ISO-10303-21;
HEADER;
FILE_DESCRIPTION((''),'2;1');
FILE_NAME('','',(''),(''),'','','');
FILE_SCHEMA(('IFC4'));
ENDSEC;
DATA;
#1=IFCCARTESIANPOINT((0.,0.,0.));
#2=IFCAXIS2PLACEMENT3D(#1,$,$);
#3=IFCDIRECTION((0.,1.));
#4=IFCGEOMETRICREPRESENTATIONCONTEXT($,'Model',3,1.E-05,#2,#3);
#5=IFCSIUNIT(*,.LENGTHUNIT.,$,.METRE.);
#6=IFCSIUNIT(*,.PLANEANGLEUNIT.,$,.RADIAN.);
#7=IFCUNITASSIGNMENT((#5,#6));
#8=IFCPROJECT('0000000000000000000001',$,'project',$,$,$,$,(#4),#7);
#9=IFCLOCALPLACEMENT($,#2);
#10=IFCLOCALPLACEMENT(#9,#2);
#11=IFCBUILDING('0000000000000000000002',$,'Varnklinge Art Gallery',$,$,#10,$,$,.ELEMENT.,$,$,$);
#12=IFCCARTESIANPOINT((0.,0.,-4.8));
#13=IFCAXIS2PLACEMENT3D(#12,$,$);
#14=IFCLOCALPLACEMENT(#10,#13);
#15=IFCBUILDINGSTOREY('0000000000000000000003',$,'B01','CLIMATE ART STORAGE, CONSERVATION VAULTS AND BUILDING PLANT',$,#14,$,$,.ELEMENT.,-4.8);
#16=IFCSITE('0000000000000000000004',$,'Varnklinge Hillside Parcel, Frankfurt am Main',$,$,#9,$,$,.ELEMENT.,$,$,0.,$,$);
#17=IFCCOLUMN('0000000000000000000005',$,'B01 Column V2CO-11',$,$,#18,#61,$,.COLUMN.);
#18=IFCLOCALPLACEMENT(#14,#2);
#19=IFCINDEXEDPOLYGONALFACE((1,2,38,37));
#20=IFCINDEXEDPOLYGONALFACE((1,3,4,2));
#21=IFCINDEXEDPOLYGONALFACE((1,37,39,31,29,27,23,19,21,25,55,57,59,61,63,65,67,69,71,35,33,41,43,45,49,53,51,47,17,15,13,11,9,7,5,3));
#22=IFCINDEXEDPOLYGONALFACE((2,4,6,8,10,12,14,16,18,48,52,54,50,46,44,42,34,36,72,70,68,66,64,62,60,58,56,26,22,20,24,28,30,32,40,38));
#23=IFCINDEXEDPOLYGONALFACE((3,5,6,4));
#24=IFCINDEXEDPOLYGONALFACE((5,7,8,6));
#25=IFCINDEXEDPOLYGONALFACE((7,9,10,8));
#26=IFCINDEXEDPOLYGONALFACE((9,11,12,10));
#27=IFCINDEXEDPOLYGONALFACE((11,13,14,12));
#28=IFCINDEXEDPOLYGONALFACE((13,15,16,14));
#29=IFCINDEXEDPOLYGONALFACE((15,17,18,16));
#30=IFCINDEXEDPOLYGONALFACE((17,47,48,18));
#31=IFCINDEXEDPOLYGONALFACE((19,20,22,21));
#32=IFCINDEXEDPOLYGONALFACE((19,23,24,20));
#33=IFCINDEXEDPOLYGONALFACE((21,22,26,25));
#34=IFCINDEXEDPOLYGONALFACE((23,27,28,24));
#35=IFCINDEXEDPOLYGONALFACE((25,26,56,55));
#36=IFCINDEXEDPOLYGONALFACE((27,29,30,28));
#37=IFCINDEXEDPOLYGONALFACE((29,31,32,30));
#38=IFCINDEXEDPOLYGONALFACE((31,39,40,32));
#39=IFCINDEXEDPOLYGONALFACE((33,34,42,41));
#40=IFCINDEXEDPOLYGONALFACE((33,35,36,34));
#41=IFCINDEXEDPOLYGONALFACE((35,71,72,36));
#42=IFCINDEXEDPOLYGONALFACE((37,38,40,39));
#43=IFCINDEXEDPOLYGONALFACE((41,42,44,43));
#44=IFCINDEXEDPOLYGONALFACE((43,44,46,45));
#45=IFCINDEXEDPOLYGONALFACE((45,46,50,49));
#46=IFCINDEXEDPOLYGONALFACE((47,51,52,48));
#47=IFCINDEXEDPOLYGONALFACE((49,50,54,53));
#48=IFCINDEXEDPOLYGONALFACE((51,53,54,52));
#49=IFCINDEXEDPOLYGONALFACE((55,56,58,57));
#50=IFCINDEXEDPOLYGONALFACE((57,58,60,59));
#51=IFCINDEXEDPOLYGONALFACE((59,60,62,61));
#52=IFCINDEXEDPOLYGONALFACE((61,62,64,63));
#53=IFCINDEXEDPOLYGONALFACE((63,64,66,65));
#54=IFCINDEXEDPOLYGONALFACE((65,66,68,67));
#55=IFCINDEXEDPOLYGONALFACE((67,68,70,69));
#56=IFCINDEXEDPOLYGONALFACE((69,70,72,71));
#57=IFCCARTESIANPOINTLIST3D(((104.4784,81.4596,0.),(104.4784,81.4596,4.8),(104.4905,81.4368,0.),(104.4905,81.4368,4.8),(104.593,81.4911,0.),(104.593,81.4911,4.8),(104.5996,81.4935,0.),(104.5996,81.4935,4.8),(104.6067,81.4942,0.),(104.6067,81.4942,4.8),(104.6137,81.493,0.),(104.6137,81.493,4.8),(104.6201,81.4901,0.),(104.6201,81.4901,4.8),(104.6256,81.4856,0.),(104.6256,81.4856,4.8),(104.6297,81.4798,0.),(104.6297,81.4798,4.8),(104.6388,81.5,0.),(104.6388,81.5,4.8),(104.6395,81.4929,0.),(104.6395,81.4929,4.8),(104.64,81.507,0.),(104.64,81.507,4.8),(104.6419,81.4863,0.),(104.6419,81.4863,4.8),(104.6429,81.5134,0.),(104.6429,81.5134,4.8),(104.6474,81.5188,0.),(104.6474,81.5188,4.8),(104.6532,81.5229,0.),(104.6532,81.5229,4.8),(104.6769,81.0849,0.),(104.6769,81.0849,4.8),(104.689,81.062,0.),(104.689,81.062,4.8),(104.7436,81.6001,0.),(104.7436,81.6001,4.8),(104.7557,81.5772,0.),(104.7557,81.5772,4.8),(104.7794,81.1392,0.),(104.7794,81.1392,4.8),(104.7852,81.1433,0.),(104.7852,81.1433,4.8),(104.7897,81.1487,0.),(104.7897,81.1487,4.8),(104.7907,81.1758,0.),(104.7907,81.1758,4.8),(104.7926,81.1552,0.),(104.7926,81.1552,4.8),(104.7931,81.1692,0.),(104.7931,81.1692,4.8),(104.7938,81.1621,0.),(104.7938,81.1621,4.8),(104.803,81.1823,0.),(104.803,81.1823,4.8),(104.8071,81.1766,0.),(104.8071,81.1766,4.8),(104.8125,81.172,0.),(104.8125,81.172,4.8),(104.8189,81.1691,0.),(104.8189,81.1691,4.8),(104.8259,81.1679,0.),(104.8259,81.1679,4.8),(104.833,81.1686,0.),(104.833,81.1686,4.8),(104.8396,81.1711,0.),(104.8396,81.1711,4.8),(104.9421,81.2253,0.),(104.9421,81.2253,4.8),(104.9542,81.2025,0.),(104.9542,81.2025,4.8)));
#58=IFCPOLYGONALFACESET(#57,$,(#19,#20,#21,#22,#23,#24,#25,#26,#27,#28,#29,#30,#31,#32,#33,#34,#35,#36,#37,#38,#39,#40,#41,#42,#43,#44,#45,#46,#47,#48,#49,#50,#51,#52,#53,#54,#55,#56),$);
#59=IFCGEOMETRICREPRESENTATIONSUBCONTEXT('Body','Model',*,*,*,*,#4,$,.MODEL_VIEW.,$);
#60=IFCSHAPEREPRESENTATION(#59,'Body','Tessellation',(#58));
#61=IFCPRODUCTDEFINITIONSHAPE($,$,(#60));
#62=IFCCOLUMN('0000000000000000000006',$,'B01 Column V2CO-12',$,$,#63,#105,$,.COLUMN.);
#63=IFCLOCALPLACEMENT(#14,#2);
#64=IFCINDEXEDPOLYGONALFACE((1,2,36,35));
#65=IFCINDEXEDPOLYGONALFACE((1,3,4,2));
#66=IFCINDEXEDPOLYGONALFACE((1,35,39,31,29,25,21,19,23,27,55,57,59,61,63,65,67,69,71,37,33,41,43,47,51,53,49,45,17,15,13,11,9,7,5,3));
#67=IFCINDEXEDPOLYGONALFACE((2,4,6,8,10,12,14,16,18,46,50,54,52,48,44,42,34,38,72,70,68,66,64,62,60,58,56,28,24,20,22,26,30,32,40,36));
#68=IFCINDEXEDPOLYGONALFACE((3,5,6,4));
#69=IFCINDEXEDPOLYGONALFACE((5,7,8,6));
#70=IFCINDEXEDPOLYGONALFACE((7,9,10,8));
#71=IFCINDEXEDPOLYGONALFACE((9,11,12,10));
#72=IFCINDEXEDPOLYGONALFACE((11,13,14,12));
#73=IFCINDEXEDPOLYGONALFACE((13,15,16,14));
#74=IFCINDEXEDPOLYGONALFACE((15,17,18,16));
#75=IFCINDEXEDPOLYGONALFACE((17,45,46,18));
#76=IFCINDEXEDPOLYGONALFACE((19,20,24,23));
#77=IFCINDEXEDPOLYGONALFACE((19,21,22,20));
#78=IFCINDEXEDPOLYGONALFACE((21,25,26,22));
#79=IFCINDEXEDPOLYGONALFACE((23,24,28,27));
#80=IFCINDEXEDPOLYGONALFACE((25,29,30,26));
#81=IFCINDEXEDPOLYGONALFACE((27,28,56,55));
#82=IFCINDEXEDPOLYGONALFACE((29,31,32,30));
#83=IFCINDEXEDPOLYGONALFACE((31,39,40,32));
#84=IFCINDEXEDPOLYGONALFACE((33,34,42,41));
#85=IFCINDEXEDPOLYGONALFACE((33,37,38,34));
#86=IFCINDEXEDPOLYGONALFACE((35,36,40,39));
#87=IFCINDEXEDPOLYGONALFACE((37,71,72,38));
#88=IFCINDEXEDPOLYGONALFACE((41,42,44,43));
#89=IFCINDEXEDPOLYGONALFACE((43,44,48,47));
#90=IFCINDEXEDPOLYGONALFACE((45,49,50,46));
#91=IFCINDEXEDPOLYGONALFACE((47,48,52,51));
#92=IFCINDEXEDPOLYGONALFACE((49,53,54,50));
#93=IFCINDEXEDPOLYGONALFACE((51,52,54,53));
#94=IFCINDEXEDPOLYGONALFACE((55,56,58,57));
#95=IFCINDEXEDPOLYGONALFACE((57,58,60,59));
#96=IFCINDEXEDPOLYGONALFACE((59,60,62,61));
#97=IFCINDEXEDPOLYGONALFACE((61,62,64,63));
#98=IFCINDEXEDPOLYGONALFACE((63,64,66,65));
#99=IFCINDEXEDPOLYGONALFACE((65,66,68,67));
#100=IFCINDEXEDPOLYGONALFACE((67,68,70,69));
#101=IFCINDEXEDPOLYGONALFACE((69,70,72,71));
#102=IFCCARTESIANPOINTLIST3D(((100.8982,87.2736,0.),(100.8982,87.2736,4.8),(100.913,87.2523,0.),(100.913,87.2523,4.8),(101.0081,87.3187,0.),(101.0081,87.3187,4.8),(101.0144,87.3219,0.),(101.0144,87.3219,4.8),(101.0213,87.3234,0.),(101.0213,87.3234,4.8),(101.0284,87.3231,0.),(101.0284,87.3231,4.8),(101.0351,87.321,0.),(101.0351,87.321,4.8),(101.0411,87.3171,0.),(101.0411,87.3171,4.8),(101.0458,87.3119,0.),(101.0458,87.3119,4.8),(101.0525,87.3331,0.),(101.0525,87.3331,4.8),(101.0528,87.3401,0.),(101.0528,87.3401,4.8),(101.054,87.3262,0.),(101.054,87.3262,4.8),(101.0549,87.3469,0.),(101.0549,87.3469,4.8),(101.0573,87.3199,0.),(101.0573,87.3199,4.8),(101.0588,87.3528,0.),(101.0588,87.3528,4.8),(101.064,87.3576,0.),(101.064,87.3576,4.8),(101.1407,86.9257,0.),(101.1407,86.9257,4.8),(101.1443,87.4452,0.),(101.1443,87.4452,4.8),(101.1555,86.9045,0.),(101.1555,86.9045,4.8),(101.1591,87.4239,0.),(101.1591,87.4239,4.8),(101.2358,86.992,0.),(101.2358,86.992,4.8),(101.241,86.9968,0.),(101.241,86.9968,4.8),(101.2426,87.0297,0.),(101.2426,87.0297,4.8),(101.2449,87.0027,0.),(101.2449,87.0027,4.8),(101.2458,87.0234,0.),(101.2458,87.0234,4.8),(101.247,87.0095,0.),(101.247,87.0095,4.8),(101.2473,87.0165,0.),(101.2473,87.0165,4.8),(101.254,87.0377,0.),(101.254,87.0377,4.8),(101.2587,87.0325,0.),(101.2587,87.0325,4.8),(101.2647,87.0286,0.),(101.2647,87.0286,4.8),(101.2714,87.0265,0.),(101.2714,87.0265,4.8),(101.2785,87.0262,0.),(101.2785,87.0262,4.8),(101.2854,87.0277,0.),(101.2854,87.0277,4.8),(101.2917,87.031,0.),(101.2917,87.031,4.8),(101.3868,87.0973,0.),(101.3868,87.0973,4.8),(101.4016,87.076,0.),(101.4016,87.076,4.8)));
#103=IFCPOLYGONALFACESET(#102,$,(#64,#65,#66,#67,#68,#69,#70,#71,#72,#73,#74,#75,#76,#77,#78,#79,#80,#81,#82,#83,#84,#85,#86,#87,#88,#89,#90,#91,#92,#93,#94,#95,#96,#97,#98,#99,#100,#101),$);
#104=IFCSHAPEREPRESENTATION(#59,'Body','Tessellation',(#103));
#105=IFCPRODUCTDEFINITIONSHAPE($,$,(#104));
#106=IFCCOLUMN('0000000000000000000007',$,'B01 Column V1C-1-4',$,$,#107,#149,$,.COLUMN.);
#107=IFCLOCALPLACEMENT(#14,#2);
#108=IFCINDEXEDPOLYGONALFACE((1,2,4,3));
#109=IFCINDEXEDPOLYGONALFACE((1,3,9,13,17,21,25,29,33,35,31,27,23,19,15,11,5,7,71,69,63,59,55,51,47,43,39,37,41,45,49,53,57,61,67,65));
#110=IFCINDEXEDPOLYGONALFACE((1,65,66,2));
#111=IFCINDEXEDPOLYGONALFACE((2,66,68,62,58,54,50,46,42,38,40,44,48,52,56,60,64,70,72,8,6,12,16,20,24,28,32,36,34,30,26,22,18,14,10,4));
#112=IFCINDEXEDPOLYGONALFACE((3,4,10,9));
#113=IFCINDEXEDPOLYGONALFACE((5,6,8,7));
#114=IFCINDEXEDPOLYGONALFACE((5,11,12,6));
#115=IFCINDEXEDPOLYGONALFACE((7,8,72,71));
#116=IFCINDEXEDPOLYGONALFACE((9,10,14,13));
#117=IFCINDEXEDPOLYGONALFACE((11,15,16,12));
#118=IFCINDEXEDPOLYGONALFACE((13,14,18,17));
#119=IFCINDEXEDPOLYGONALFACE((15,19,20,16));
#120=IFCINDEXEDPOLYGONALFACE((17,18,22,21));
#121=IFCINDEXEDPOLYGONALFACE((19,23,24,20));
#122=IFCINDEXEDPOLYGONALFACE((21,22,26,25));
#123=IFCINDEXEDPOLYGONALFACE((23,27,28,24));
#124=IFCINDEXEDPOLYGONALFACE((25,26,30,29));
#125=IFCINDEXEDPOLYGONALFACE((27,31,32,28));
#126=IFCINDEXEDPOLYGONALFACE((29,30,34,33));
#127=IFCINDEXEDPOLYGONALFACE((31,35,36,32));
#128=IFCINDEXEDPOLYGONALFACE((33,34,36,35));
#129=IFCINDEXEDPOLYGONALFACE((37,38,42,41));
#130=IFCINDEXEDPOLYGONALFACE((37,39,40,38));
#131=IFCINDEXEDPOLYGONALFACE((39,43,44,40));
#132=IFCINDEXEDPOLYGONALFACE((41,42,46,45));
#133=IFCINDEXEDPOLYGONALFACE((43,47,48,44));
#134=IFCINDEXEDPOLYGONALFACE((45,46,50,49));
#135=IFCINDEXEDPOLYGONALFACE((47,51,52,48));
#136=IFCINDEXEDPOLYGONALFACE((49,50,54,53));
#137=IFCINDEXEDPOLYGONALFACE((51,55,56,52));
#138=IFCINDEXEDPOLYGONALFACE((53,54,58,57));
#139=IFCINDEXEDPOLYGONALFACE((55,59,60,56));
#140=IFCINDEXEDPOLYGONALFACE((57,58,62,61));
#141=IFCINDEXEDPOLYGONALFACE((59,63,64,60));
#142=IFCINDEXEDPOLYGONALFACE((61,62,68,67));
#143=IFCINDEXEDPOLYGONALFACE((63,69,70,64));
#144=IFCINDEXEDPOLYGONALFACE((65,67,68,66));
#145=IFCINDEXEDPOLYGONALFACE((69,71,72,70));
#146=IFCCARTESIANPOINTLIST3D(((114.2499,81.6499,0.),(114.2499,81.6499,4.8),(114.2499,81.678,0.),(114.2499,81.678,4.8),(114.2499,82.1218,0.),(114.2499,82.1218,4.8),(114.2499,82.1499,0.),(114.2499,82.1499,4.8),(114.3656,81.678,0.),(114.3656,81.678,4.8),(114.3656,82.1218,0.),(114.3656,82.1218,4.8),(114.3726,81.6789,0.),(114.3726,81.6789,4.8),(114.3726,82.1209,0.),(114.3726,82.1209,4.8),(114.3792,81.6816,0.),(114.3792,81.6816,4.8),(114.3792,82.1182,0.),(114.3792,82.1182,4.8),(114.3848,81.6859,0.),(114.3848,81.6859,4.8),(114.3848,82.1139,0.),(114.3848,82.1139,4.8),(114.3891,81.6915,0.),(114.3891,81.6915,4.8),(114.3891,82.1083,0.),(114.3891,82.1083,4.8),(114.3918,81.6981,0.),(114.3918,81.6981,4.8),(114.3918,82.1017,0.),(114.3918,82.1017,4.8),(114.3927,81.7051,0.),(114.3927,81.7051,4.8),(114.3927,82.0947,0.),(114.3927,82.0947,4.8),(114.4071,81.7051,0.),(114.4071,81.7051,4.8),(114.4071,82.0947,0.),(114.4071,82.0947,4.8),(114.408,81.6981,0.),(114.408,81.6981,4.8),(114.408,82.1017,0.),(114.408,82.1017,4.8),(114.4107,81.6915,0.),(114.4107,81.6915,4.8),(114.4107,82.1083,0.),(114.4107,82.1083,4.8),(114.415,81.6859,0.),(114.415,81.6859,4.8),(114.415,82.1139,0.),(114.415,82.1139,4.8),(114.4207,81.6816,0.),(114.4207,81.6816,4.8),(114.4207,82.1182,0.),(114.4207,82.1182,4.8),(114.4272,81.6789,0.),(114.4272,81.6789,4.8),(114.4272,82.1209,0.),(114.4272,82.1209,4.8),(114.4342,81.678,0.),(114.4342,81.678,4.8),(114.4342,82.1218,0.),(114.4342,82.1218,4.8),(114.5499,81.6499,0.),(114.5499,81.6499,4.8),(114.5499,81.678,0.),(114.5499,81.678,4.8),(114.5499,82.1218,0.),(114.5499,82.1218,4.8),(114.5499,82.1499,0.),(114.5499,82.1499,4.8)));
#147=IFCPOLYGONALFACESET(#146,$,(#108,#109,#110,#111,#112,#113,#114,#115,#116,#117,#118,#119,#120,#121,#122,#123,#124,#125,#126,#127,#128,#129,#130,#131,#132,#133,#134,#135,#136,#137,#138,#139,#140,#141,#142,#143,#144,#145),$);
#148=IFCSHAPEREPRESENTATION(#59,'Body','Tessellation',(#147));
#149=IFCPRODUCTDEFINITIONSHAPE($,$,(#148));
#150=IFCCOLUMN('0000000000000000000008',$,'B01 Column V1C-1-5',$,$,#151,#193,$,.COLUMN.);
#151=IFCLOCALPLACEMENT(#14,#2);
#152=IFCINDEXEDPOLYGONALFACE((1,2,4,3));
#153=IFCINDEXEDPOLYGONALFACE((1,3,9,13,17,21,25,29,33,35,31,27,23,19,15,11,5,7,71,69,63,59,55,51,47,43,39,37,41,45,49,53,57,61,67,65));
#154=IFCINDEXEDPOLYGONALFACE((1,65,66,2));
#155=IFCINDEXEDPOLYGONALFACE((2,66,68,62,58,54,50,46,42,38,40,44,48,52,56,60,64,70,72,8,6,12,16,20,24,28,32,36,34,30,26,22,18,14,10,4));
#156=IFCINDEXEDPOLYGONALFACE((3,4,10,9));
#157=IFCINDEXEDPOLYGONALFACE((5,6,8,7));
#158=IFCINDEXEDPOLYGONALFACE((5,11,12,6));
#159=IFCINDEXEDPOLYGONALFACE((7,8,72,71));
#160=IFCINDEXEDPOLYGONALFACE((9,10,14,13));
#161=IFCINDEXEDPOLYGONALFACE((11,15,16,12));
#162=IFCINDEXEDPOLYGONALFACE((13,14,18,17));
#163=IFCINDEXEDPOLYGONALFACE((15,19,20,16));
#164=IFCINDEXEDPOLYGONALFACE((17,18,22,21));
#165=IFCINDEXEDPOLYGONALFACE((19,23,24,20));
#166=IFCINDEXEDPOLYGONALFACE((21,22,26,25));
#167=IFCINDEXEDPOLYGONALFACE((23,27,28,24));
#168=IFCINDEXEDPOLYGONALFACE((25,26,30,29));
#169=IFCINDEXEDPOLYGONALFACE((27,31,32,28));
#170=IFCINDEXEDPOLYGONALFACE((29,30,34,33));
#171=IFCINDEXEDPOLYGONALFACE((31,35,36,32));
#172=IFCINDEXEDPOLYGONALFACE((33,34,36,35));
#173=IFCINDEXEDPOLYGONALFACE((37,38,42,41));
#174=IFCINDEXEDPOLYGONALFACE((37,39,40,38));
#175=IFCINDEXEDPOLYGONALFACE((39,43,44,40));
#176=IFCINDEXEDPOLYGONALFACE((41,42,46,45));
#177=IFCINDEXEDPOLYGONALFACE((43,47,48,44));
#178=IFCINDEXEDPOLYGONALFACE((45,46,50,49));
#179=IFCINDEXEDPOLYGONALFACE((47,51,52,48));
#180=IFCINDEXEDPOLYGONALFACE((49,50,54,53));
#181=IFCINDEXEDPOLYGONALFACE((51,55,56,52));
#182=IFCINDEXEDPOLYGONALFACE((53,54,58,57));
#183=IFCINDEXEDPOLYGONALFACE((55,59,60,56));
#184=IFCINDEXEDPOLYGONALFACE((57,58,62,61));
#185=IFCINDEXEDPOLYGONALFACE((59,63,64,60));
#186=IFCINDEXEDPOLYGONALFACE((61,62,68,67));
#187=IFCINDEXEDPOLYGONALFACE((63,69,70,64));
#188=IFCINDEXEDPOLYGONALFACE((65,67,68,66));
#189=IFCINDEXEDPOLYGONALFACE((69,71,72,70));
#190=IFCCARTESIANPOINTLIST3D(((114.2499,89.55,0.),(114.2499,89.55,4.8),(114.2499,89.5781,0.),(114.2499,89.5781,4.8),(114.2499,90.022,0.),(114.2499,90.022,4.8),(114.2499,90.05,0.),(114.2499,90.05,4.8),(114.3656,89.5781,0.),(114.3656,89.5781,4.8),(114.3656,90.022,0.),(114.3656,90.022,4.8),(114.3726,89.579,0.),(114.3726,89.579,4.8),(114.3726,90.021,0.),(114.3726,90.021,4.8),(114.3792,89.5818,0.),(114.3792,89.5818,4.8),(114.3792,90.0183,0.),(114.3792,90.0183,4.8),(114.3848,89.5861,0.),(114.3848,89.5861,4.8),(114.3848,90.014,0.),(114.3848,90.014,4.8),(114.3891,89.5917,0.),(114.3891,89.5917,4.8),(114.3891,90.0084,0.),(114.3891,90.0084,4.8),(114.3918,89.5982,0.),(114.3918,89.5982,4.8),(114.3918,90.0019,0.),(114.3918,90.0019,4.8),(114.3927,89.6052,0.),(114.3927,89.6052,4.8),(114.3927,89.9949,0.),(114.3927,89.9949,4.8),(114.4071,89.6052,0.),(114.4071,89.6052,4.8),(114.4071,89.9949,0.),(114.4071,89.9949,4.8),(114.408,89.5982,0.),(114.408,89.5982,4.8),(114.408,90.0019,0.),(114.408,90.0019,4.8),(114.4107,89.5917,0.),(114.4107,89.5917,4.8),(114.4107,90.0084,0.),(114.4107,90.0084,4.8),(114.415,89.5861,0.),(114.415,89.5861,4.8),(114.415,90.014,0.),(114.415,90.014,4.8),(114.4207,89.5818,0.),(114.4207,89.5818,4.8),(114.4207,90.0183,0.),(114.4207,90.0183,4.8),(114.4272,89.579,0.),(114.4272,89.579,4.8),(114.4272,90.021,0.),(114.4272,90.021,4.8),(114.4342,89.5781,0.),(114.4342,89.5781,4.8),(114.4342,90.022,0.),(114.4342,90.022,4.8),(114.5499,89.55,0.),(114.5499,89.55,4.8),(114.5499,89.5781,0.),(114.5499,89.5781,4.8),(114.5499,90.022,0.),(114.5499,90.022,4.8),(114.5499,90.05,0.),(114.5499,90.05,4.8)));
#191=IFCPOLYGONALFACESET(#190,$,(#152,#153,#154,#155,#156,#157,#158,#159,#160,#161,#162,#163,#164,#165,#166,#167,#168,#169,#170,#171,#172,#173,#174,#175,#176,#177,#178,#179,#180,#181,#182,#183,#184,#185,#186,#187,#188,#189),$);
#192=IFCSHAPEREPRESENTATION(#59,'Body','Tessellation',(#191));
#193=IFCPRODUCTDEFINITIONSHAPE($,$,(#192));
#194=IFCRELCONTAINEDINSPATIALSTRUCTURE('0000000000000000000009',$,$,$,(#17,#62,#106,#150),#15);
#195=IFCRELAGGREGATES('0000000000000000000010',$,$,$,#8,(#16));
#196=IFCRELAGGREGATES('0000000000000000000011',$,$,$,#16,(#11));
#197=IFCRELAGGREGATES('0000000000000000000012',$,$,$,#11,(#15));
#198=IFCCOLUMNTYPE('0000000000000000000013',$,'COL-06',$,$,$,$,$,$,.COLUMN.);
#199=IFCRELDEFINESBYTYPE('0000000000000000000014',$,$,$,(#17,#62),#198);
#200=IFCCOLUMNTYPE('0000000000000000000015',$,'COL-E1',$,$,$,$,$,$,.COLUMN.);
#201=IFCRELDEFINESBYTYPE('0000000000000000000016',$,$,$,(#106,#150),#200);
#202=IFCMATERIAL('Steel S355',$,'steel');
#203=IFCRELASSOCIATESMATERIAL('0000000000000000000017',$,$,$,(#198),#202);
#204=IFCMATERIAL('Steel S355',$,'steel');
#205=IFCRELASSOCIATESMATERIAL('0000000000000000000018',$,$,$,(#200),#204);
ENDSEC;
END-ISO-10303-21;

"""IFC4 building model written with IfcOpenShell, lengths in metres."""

from ifc_helpers import new_model, si_unit, direction, frame, origin, origin_2d, place, context, subcontext, project, spatial, i_section, extrude, material, material_profile, profile_set, type_object, element, save


model = new_model("IFC4")

# Units and contexts
model_context = context("Model", 3, precision=1e-05, world=origin(), true_north=direction((0.0, 1.0)))
body_context = subcontext(model_context, "Body", "Model", "MODEL_VIEW")
ifc_project = project(units=[si_unit("LENGTHUNIT", "METRE"), si_unit("PLANEANGLEUNIT", "RADIAN")], contexts=[model_context])

# Site, building, storey
site_placement = place(None, origin())
site = spatial("IfcSite", under=ifc_project, at=site_placement, Name="Varnklinge Hillside Parcel, Frankfurt am Main", CompositionType="ELEMENT", RefElevation=0.0)
building_placement = place(site_placement, origin())
building = spatial("IfcBuilding", under=site, at=building_placement, Name="Varnklinge Art Gallery", CompositionType="ELEMENT")
storey_placement = place(building_placement, frame((0.0, 0.0, -4.8)))
storey = spatial("IfcBuildingStorey", under=building, at=storey_placement, Name="B01", Description="CLIMATE ART STORAGE, CONSERVATION VAULTS AND BUILDING PLANT", CompositionType="ELEMENT", Elevation=-4.8)

# Columns
ifc_material_1 = material(Name="Steel S355", Category="steel")
ifc_material_profile_1 = material_profile(ifc_material_1, i_section(OverallWidth=0.3, OverallDepth=0.45, WebThickness=0.0139, FlangeThickness=0.0259, FilletRadius=0.0271, at=origin_2d()), Name="HEB 450")
ifc_profile_set_1 = profile_set([ifc_material_profile_1], Name="Steel S355")
column_type_1 = type_object("IfcColumnType", Name="COL-06", PredefinedType="COLUMN", material=ifc_profile_set_1)
for number, where, z_axis, x_axis, name in (
    (1, (104.7163, 81.3311, 0.0), (0.0, 0.0, 1.0), (-0.883684, -0.468084, 0.0), "B01 Column V2CO-11"),
    (2, (101.1499, 87.1748, 0.0), (0.0, 0.0, 1.0), (-0.820352, -0.57186, 0.0), "B01 Column V2CO-12"),
):
    element("IfcColumn", number, at=place(storey_placement, frame(where, z_axis=z_axis, x_axis=x_axis)), inside=storey, type_object=column_type_1, Name=name, PredefinedType="COLUMN", context=body_context, shape_type="SweptSolid", body=[
        extrude(i_section(OverallWidth=0.3, OverallDepth=0.45, WebThickness=0.0139, FlangeThickness=0.0259, FilletRadius=0.0271, at=origin_2d()), origin(), (0.0, 0.0, 1.0), 4.8),
    ])
ifc_material_2 = material(Name="Steel S355", Category="steel")
ifc_material_profile_2 = material_profile(ifc_material_2, i_section(OverallWidth=0.3, OverallDepth=0.5, WebThickness=0.0144, FlangeThickness=0.0281, FilletRadius=0.0271, at=origin_2d()), Name="HEB 500")
ifc_profile_set_2 = profile_set([ifc_material_profile_2], Name="Steel S355")
column_type_2 = type_object("IfcColumnType", Name="COL-E1", PredefinedType="COLUMN", material=ifc_profile_set_2)
for number, where, z_axis, x_axis, name in (
    (3, (114.3999, 81.8999, 0.0), (0.0, 0.0, 1.0), (1.0, 0.0, 0.0), "B01 Column V1C-1-4"),
    (4, (114.3999, 89.8, 0.0), (0.0, 0.0, 1.0), (1.0, 0.0, 0.0), "B01 Column V1C-1-5"),
):
    element("IfcColumn", number, at=place(storey_placement, frame(where, z_axis=z_axis, x_axis=x_axis)), inside=storey, type_object=column_type_2, Name=name, PredefinedType="COLUMN", context=body_context, shape_type="SweptSolid", body=[
        extrude(i_section(OverallWidth=0.3, OverallDepth=0.5, WebThickness=0.0144, FlangeThickness=0.0281, FilletRadius=0.0271, at=origin_2d()), origin(), (0.0, 0.0, 1.0), 4.8),
    ])

save(model, "model.ifc")
